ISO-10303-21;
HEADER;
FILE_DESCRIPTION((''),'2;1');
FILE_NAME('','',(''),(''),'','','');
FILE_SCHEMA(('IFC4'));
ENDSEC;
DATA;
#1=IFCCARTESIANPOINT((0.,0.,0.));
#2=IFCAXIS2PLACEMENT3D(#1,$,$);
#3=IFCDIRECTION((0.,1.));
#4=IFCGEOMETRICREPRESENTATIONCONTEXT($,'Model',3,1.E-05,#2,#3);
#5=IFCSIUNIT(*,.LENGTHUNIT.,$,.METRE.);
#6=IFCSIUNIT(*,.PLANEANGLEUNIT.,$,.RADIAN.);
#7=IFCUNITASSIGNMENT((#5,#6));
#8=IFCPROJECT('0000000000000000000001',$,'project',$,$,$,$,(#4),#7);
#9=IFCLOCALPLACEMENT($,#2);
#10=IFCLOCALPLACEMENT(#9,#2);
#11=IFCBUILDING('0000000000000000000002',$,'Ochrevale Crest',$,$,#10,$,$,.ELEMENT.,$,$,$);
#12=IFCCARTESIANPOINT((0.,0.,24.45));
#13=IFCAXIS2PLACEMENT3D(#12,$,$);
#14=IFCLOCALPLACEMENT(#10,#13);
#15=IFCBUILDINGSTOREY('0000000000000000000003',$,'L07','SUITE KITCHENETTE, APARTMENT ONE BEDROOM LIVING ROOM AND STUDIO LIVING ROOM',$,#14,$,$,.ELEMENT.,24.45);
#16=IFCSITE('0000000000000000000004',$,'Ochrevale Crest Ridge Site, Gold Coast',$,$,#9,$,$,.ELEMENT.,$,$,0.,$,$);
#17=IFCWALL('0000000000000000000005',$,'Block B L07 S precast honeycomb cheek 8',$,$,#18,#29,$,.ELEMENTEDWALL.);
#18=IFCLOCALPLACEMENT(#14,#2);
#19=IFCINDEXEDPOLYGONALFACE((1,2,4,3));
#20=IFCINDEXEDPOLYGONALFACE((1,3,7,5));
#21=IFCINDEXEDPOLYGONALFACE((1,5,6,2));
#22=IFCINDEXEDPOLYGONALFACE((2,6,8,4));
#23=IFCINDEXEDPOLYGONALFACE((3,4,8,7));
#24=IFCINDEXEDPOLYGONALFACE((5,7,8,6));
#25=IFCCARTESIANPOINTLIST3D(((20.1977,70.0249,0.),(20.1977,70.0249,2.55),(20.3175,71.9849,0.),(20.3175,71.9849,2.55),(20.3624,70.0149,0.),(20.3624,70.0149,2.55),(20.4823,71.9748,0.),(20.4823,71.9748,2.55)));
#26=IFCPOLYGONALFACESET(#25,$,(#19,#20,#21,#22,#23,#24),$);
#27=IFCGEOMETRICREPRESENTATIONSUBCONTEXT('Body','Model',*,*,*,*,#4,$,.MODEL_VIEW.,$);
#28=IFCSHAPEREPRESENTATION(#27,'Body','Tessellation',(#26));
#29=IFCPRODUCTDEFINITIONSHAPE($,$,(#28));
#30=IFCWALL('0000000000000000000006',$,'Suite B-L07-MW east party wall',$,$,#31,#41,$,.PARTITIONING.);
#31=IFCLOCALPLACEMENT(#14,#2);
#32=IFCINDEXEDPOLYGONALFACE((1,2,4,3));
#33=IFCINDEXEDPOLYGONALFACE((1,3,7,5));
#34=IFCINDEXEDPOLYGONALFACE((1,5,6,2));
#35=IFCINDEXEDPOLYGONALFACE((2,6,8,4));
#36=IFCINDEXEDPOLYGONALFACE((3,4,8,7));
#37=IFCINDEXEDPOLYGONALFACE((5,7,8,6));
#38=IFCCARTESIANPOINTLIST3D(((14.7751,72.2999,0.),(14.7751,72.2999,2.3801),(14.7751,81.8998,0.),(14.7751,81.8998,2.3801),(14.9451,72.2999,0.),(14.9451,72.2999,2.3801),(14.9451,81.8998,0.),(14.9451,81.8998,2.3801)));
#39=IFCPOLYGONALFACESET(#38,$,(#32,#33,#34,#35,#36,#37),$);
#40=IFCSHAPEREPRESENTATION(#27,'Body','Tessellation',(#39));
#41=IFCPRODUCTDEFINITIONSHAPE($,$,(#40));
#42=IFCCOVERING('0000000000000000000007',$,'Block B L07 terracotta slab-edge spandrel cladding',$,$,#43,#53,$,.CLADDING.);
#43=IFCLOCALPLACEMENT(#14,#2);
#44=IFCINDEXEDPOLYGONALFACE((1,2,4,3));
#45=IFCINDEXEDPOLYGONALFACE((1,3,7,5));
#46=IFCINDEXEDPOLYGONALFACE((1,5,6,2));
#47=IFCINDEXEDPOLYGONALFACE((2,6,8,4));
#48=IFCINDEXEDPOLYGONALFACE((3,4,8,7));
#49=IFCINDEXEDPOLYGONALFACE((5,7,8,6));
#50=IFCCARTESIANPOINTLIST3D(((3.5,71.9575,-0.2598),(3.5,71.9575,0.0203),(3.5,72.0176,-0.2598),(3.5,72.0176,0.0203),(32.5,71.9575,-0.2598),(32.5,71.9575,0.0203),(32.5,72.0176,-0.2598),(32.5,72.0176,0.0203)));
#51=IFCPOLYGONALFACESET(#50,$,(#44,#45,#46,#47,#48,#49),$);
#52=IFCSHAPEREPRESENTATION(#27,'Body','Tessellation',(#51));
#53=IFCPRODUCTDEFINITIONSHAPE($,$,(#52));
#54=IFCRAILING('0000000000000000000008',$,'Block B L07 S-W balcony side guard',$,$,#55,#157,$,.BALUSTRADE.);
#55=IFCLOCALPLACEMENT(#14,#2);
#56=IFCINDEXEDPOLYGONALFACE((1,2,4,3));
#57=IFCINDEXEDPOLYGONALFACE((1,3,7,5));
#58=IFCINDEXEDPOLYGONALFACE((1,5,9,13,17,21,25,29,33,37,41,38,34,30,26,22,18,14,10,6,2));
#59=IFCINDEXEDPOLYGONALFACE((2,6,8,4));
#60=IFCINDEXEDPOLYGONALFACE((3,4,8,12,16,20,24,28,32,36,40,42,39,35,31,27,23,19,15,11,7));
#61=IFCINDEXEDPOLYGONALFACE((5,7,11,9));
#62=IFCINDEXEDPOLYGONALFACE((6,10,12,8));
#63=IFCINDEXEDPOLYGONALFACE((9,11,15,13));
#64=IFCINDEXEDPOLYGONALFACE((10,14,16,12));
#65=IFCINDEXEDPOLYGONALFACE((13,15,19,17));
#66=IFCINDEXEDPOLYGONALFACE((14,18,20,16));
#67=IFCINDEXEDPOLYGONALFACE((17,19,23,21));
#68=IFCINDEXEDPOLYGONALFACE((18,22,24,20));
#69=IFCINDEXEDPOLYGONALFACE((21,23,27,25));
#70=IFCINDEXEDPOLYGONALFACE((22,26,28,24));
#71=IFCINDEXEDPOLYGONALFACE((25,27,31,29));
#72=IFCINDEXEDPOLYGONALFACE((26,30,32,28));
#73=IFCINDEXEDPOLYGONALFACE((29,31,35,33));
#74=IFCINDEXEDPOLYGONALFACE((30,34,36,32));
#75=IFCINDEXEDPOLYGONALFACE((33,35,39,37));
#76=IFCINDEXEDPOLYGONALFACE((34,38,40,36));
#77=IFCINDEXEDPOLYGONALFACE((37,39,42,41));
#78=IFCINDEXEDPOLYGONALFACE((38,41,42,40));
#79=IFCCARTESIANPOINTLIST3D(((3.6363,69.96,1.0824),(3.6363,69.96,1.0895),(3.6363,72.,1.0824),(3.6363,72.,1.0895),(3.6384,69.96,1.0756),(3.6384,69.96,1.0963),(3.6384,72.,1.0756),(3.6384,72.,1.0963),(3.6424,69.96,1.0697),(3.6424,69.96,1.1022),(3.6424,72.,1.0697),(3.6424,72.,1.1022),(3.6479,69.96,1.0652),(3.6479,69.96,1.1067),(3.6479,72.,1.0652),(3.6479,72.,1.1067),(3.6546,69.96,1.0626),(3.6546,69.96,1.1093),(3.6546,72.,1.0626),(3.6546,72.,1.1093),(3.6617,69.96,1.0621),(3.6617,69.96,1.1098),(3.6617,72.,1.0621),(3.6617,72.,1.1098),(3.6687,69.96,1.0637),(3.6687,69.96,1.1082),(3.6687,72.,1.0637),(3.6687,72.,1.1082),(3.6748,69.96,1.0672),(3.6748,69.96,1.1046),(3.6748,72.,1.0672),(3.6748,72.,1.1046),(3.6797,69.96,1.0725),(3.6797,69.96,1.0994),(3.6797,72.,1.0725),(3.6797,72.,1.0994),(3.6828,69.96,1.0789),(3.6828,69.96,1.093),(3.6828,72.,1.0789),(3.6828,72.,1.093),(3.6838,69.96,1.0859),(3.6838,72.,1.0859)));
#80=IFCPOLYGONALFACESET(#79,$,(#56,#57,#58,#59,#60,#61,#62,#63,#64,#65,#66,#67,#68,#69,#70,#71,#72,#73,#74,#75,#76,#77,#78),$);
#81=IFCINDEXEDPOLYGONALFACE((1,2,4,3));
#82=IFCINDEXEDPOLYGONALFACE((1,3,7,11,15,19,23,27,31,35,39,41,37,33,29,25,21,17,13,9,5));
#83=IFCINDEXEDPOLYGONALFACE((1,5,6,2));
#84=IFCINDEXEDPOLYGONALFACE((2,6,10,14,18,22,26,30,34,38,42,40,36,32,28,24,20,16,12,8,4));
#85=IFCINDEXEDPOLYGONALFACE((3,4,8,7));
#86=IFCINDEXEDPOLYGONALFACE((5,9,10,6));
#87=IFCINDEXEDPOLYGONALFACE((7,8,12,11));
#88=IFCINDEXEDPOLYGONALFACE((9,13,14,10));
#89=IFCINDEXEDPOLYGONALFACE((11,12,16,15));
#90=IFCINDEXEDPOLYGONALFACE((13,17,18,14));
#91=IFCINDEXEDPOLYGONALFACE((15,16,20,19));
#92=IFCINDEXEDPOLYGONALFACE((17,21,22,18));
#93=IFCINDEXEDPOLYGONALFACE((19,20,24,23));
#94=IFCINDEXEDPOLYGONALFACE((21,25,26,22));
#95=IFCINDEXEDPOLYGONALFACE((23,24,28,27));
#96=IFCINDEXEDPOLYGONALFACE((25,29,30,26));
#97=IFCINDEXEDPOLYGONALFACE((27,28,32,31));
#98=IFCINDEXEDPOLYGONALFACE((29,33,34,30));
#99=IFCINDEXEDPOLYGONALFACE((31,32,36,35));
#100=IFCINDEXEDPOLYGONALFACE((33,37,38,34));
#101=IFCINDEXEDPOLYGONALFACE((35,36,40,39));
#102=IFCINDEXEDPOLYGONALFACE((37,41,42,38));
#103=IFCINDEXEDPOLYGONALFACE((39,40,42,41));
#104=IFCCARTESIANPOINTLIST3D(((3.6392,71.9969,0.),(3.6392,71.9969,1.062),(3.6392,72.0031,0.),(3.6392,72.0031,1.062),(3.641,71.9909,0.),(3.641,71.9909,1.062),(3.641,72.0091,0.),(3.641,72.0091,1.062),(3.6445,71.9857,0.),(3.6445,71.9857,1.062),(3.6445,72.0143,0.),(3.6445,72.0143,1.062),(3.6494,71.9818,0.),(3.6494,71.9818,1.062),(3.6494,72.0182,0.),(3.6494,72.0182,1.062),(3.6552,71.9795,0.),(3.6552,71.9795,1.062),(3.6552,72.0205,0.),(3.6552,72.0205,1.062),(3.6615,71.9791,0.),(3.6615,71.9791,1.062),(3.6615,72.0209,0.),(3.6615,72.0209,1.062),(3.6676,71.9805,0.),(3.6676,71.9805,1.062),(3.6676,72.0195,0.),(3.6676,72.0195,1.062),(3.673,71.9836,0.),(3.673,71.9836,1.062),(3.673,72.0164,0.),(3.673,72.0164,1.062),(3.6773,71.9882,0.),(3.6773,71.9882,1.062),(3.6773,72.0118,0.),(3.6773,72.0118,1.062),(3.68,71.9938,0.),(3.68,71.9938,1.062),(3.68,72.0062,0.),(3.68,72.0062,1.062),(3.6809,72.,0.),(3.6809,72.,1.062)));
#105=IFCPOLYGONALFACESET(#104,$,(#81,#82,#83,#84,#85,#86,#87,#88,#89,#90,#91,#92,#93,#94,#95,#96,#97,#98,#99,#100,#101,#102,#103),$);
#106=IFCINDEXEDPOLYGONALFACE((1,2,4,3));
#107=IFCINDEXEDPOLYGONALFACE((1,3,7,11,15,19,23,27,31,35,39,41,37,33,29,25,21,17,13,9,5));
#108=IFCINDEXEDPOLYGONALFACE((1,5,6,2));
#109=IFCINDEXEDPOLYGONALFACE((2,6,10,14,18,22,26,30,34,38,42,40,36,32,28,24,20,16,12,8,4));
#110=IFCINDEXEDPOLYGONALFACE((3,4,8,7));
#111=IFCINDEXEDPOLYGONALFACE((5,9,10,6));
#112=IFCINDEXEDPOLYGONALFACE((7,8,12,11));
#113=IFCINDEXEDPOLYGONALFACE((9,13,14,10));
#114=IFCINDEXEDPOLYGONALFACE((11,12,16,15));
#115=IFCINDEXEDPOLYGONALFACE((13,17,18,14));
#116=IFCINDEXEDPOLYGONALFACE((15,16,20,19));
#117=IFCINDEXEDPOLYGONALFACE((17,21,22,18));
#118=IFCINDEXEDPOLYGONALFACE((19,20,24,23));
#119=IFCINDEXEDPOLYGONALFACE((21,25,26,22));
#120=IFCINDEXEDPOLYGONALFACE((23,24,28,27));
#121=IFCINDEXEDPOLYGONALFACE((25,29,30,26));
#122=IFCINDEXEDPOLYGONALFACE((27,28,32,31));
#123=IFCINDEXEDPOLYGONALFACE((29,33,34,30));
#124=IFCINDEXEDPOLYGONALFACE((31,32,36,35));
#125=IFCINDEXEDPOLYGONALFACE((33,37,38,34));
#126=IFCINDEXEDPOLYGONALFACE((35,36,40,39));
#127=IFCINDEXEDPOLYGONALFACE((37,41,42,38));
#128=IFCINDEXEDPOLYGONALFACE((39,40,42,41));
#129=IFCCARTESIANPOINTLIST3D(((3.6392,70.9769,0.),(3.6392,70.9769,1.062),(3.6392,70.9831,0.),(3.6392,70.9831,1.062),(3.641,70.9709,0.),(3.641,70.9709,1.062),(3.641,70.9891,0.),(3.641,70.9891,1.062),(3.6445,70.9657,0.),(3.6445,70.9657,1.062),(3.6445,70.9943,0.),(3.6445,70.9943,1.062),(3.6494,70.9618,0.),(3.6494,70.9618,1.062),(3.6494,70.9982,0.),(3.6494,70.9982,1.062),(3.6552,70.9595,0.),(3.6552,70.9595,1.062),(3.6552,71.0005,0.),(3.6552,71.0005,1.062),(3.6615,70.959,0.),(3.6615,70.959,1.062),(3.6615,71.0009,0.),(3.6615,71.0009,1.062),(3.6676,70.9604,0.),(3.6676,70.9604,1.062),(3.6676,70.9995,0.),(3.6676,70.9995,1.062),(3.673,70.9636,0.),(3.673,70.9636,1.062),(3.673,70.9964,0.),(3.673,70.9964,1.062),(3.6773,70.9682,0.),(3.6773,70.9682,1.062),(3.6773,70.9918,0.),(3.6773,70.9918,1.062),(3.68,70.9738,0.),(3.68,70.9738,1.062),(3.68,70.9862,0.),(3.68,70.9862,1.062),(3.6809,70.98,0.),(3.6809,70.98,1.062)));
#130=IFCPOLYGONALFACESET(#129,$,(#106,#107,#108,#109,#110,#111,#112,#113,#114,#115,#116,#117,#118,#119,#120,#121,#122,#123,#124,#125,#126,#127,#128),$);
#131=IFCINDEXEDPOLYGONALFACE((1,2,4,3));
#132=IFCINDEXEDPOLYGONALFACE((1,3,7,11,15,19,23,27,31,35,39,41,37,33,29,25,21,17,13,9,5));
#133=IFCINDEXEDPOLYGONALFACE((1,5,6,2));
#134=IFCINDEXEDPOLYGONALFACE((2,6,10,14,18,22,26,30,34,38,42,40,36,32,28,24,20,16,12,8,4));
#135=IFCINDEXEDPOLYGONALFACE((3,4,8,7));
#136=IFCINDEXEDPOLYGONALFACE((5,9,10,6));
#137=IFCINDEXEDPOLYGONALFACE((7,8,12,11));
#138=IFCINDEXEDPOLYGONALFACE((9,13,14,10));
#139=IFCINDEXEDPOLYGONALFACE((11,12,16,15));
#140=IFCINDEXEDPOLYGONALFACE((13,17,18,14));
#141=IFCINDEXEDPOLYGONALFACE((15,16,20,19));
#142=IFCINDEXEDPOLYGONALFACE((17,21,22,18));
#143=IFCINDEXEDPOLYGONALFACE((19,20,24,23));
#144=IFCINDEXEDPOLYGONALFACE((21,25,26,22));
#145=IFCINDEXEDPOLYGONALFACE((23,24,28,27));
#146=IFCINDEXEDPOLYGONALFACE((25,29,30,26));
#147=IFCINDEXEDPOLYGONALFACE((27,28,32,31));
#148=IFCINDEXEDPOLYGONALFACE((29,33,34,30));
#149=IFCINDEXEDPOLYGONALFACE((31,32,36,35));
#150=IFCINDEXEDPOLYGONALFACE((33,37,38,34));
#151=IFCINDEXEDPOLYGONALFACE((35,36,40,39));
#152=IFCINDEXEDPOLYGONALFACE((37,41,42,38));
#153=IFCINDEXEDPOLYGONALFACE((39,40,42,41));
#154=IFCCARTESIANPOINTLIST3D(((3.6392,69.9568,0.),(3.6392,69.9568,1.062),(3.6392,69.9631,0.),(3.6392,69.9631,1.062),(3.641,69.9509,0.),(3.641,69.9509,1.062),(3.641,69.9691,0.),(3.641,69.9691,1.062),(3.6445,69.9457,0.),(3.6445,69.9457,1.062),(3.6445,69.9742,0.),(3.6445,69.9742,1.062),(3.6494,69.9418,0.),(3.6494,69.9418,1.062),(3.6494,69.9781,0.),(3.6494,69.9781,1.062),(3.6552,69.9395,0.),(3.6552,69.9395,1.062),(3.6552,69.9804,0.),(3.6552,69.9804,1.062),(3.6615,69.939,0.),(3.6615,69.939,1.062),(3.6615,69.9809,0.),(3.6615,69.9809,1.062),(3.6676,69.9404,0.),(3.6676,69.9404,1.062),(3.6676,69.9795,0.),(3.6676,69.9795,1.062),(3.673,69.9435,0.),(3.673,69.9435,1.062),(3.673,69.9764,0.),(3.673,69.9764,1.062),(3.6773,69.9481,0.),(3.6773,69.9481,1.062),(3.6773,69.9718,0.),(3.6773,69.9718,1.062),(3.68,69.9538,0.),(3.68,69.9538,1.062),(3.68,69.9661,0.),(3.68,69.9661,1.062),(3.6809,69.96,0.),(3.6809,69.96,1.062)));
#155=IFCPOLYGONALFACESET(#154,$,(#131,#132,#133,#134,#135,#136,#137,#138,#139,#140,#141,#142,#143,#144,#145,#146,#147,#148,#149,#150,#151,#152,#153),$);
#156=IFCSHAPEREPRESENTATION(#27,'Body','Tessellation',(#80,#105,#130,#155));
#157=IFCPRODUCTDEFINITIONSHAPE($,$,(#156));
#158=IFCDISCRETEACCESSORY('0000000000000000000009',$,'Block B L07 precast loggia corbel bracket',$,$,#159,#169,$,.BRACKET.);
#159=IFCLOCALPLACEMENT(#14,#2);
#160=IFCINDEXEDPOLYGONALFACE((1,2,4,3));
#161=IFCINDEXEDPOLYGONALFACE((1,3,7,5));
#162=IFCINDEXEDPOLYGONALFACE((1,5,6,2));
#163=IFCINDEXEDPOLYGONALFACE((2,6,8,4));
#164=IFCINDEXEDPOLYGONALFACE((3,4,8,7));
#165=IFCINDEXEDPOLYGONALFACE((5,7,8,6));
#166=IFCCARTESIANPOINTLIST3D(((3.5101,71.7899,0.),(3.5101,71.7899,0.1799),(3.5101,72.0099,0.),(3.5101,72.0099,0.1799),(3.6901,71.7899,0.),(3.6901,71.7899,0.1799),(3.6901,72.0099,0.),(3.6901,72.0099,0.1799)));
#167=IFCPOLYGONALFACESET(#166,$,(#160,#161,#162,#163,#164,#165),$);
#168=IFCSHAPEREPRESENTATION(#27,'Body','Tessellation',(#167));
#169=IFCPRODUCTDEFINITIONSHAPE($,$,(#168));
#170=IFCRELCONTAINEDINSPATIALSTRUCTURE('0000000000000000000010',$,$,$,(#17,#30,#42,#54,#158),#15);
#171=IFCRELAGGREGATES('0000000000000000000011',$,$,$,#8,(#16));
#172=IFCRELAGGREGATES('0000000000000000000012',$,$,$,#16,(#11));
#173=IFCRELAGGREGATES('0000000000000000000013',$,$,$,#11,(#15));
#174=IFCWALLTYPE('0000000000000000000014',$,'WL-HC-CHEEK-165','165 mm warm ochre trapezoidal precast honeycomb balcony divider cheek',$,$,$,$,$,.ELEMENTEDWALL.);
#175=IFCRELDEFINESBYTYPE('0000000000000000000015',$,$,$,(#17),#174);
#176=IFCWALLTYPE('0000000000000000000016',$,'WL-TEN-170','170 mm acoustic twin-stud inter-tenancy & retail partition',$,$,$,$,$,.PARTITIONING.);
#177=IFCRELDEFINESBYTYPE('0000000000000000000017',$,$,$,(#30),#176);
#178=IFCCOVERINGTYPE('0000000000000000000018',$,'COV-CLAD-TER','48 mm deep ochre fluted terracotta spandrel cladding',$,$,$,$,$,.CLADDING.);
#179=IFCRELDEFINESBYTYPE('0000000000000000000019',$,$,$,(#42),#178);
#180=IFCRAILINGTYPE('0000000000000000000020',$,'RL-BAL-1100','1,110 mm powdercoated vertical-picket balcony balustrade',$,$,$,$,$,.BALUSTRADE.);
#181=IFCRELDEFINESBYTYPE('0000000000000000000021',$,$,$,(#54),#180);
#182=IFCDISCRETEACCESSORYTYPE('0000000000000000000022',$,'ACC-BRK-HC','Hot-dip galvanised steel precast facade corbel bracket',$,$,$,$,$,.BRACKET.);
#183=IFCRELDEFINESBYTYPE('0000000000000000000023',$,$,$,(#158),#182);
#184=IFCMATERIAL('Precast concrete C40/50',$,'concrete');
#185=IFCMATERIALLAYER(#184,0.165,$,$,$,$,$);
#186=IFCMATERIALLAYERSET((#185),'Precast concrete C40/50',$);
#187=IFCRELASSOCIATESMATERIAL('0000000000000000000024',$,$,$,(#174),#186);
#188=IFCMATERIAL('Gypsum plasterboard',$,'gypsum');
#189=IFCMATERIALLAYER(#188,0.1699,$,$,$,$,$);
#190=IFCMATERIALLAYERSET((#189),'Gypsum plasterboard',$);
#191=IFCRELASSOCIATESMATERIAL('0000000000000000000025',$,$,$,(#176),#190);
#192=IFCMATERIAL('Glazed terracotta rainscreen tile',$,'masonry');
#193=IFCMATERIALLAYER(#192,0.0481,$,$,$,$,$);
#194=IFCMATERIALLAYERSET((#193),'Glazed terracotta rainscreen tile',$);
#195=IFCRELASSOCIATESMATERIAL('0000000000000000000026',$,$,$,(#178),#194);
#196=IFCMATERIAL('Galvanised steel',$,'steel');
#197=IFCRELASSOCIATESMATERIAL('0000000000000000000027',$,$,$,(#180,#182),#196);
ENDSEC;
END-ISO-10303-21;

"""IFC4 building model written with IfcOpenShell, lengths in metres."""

from ifc_helpers import new_model, si_unit, direction, frame, frame_2d, origin, origin_2d, place, context, subcontext, project, spatial, rectangle, circle, extrude, material, layer, layer_set, type_object, element, save


model = new_model("IFC4")

# Units and contexts
model_context = context("Model", 3, precision=1e-05, world=origin(), true_north=direction((0.0, 1.0)))
body_context = subcontext(model_context, "Body", "Model", "MODEL_VIEW")
ifc_project = project(units=[si_unit("LENGTHUNIT", "METRE"), si_unit("PLANEANGLEUNIT", "RADIAN")], contexts=[model_context])

# Site, building, storey
site_placement = place(None, origin())
site = spatial("IfcSite", under=ifc_project, at=site_placement, Name="Ochrevale Crest Ridge Site, Gold Coast", CompositionType="ELEMENT", RefElevation=0.0)
building_placement = place(site_placement, origin())
building = spatial("IfcBuilding", under=site, at=building_placement, Name="Ochrevale Crest", CompositionType="ELEMENT")
storey_placement = place(building_placement, frame((0.0, 0.0, 24.45)))
storey = spatial("IfcBuildingStorey", under=building, at=storey_placement, Name="L07", Description="SUITE KITCHENETTE, APARTMENT ONE BEDROOM LIVING ROOM AND STUDIO LIVING ROOM", CompositionType="ELEMENT", Elevation=24.45)

# Shared definitions
ifc_material_1 = material(Name="Precast concrete C40/50", Category="concrete")

# Walls
ifc_layer_1 = layer(ifc_material_1, 0.165)
ifc_layer_set_1 = layer_set([ifc_layer_1], Name="Precast concrete C40/50")
wall_type_1 = type_object("IfcWallType", Name="WL-HC-CHEEK-165", Description="165 mm warm ochre trapezoidal precast honeycomb balcony divider cheek", PredefinedType="ELEMENTEDWALL", material=ifc_layer_set_1)
for number, where, z_axis, x_axis, name in (
    (1, (20.3999, 71.98, 0.0), (0.0, 0.0, 1.0), (-0.061047, -0.998135, 0.0), "Block B L07 S precast honeycomb cheek 8"),
):
    element("IfcWall", number, at=place(storey_placement, frame(where, z_axis=z_axis, x_axis=x_axis)), inside=storey, type_object=wall_type_1, Name=name, PredefinedType="ELEMENTEDWALL", context=body_context, shape_type="SweptSolid", body=[
        extrude(rectangle(XDim=1.9636, YDim=0.165, at=frame_2d((0.9819, 0.0))), origin(), (0.0, 0.0, 1.0), 2.55),
    ])
ifc_material_2 = material(Name="Gypsum plasterboard", Category="gypsum")
ifc_layer_2 = layer(ifc_material_2, 0.1699)
ifc_layer_set_2 = layer_set([ifc_layer_2], Name="Gypsum plasterboard")
wall_type_2 = type_object("IfcWallType", Name="WL-TEN-170", Description="170 mm acoustic twin-stud inter-tenancy & retail partition", PredefinedType="PARTITIONING", material=ifc_layer_set_2)
wall_1_placement = place(storey_placement, frame((14.8601, 72.3, 0.0), z_axis=(0.0, 0.0, 1.0), x_axis=(0.0, 1.0, 0.0)))
element("IfcWall", 2, at=wall_1_placement, inside=storey, type_object=wall_type_2, Name="Suite B-L07-MW east party wall", PredefinedType="PARTITIONING", context=body_context, shape_type="SweptSolid", body=[
    extrude(rectangle(XDim=9.5999, YDim=0.1699, at=frame_2d((4.7998, 0.0))), origin(), (0.0, 0.0, 1.0), 2.3801),
])

# Covering
ifc_material_3 = material(Name="Glazed terracotta rainscreen tile", Category="masonry")
ifc_layer_3 = layer(ifc_material_3, 0.0481)
ifc_layer_set_3 = layer_set([ifc_layer_3], Name="Glazed terracotta rainscreen tile")
covering_type = type_object("IfcCoveringType", Name="COV-CLAD-TER", Description="48 mm deep ochre fluted terracotta spandrel cladding", PredefinedType="CLADDING", material=ifc_layer_set_3)
covering_placement = place(storey_placement, frame((18.0, 71.9875, -0.2598), z_axis=(0.0, 0.0, 1.0), x_axis=(1.0, 0.0, 0.0)))
element("IfcCovering", 3, at=covering_placement, inside=storey, type_object=covering_type, Name="Block B L07 terracotta slab-edge spandrel cladding", PredefinedType="CLADDING", context=body_context, shape_type="SweptSolid", body=[
    extrude(rectangle(XDim=29.0, YDim=0.0601, at=origin_2d()), origin(), (0.0, 0.0, 1.0), 0.28),
])

# Railing
ifc_material_4 = material(Name="Galvanised steel", Category="steel")
railing_type = type_object("IfcRailingType", Name="RL-BAL-1100", Description="1,110 mm powdercoated vertical-picket balcony balustrade", PredefinedType="BALUSTRADE", material=ifc_material_4)
railing_placement = place(storey_placement, frame((3.6599, 72.0, 0.0)))
element("IfcRailing", 4, at=railing_placement, inside=storey, type_object=railing_type, Name="Block B L07 S-W balcony side guard", PredefinedType="BALUSTRADE", context=body_context, shape_type="SweptSolid", body=[
    extrude(circle(Radius=0.0239, at=origin_2d()), frame((0.0, 0.0, 1.0859), z_axis=(0.0, -1.0, 0.0), x_axis=(1.0, 0.0, 0.0)), (0.0, 0.0, 1.0), 2.04),
    extrude(circle(Radius=0.021, at=origin_2d()), origin(), (0.0, 0.0, 1.0), 1.062),
    extrude(circle(Radius=0.021, at=origin_2d()), frame((0.0, -1.02, 0.0)), (0.0, 0.0, 1.0), 1.062),
    extrude(circle(Radius=0.021, at=origin_2d()), frame((0.0, -2.04, 0.0)), (0.0, 0.0, 1.0), 1.062),
])

# Discrete accessory
discrete_accessory_type = type_object("IfcDiscreteAccessoryType", Name="ACC-BRK-HC", Description="Hot-dip galvanised steel precast facade corbel bracket", PredefinedType="BRACKET", material=ifc_material_4)
discrete_accessory_placement = place(storey_placement, frame((3.6001, 71.8999, 0.0), z_axis=(0.0, 0.0, 1.0), x_axis=(1.0, 0.0, 0.0)))
element("IfcDiscreteAccessory", 5, at=discrete_accessory_placement, inside=storey, type_object=discrete_accessory_type, Name="Block B L07 precast loggia corbel bracket", PredefinedType="BRACKET", context=body_context, shape_type="SweptSolid", body=[
    extrude(rectangle(XDim=0.1799, YDim=0.22, at=origin_2d()), origin(), (0.0, 0.0, 1.0), 0.1799),
])

save(model, "model.ifc")
